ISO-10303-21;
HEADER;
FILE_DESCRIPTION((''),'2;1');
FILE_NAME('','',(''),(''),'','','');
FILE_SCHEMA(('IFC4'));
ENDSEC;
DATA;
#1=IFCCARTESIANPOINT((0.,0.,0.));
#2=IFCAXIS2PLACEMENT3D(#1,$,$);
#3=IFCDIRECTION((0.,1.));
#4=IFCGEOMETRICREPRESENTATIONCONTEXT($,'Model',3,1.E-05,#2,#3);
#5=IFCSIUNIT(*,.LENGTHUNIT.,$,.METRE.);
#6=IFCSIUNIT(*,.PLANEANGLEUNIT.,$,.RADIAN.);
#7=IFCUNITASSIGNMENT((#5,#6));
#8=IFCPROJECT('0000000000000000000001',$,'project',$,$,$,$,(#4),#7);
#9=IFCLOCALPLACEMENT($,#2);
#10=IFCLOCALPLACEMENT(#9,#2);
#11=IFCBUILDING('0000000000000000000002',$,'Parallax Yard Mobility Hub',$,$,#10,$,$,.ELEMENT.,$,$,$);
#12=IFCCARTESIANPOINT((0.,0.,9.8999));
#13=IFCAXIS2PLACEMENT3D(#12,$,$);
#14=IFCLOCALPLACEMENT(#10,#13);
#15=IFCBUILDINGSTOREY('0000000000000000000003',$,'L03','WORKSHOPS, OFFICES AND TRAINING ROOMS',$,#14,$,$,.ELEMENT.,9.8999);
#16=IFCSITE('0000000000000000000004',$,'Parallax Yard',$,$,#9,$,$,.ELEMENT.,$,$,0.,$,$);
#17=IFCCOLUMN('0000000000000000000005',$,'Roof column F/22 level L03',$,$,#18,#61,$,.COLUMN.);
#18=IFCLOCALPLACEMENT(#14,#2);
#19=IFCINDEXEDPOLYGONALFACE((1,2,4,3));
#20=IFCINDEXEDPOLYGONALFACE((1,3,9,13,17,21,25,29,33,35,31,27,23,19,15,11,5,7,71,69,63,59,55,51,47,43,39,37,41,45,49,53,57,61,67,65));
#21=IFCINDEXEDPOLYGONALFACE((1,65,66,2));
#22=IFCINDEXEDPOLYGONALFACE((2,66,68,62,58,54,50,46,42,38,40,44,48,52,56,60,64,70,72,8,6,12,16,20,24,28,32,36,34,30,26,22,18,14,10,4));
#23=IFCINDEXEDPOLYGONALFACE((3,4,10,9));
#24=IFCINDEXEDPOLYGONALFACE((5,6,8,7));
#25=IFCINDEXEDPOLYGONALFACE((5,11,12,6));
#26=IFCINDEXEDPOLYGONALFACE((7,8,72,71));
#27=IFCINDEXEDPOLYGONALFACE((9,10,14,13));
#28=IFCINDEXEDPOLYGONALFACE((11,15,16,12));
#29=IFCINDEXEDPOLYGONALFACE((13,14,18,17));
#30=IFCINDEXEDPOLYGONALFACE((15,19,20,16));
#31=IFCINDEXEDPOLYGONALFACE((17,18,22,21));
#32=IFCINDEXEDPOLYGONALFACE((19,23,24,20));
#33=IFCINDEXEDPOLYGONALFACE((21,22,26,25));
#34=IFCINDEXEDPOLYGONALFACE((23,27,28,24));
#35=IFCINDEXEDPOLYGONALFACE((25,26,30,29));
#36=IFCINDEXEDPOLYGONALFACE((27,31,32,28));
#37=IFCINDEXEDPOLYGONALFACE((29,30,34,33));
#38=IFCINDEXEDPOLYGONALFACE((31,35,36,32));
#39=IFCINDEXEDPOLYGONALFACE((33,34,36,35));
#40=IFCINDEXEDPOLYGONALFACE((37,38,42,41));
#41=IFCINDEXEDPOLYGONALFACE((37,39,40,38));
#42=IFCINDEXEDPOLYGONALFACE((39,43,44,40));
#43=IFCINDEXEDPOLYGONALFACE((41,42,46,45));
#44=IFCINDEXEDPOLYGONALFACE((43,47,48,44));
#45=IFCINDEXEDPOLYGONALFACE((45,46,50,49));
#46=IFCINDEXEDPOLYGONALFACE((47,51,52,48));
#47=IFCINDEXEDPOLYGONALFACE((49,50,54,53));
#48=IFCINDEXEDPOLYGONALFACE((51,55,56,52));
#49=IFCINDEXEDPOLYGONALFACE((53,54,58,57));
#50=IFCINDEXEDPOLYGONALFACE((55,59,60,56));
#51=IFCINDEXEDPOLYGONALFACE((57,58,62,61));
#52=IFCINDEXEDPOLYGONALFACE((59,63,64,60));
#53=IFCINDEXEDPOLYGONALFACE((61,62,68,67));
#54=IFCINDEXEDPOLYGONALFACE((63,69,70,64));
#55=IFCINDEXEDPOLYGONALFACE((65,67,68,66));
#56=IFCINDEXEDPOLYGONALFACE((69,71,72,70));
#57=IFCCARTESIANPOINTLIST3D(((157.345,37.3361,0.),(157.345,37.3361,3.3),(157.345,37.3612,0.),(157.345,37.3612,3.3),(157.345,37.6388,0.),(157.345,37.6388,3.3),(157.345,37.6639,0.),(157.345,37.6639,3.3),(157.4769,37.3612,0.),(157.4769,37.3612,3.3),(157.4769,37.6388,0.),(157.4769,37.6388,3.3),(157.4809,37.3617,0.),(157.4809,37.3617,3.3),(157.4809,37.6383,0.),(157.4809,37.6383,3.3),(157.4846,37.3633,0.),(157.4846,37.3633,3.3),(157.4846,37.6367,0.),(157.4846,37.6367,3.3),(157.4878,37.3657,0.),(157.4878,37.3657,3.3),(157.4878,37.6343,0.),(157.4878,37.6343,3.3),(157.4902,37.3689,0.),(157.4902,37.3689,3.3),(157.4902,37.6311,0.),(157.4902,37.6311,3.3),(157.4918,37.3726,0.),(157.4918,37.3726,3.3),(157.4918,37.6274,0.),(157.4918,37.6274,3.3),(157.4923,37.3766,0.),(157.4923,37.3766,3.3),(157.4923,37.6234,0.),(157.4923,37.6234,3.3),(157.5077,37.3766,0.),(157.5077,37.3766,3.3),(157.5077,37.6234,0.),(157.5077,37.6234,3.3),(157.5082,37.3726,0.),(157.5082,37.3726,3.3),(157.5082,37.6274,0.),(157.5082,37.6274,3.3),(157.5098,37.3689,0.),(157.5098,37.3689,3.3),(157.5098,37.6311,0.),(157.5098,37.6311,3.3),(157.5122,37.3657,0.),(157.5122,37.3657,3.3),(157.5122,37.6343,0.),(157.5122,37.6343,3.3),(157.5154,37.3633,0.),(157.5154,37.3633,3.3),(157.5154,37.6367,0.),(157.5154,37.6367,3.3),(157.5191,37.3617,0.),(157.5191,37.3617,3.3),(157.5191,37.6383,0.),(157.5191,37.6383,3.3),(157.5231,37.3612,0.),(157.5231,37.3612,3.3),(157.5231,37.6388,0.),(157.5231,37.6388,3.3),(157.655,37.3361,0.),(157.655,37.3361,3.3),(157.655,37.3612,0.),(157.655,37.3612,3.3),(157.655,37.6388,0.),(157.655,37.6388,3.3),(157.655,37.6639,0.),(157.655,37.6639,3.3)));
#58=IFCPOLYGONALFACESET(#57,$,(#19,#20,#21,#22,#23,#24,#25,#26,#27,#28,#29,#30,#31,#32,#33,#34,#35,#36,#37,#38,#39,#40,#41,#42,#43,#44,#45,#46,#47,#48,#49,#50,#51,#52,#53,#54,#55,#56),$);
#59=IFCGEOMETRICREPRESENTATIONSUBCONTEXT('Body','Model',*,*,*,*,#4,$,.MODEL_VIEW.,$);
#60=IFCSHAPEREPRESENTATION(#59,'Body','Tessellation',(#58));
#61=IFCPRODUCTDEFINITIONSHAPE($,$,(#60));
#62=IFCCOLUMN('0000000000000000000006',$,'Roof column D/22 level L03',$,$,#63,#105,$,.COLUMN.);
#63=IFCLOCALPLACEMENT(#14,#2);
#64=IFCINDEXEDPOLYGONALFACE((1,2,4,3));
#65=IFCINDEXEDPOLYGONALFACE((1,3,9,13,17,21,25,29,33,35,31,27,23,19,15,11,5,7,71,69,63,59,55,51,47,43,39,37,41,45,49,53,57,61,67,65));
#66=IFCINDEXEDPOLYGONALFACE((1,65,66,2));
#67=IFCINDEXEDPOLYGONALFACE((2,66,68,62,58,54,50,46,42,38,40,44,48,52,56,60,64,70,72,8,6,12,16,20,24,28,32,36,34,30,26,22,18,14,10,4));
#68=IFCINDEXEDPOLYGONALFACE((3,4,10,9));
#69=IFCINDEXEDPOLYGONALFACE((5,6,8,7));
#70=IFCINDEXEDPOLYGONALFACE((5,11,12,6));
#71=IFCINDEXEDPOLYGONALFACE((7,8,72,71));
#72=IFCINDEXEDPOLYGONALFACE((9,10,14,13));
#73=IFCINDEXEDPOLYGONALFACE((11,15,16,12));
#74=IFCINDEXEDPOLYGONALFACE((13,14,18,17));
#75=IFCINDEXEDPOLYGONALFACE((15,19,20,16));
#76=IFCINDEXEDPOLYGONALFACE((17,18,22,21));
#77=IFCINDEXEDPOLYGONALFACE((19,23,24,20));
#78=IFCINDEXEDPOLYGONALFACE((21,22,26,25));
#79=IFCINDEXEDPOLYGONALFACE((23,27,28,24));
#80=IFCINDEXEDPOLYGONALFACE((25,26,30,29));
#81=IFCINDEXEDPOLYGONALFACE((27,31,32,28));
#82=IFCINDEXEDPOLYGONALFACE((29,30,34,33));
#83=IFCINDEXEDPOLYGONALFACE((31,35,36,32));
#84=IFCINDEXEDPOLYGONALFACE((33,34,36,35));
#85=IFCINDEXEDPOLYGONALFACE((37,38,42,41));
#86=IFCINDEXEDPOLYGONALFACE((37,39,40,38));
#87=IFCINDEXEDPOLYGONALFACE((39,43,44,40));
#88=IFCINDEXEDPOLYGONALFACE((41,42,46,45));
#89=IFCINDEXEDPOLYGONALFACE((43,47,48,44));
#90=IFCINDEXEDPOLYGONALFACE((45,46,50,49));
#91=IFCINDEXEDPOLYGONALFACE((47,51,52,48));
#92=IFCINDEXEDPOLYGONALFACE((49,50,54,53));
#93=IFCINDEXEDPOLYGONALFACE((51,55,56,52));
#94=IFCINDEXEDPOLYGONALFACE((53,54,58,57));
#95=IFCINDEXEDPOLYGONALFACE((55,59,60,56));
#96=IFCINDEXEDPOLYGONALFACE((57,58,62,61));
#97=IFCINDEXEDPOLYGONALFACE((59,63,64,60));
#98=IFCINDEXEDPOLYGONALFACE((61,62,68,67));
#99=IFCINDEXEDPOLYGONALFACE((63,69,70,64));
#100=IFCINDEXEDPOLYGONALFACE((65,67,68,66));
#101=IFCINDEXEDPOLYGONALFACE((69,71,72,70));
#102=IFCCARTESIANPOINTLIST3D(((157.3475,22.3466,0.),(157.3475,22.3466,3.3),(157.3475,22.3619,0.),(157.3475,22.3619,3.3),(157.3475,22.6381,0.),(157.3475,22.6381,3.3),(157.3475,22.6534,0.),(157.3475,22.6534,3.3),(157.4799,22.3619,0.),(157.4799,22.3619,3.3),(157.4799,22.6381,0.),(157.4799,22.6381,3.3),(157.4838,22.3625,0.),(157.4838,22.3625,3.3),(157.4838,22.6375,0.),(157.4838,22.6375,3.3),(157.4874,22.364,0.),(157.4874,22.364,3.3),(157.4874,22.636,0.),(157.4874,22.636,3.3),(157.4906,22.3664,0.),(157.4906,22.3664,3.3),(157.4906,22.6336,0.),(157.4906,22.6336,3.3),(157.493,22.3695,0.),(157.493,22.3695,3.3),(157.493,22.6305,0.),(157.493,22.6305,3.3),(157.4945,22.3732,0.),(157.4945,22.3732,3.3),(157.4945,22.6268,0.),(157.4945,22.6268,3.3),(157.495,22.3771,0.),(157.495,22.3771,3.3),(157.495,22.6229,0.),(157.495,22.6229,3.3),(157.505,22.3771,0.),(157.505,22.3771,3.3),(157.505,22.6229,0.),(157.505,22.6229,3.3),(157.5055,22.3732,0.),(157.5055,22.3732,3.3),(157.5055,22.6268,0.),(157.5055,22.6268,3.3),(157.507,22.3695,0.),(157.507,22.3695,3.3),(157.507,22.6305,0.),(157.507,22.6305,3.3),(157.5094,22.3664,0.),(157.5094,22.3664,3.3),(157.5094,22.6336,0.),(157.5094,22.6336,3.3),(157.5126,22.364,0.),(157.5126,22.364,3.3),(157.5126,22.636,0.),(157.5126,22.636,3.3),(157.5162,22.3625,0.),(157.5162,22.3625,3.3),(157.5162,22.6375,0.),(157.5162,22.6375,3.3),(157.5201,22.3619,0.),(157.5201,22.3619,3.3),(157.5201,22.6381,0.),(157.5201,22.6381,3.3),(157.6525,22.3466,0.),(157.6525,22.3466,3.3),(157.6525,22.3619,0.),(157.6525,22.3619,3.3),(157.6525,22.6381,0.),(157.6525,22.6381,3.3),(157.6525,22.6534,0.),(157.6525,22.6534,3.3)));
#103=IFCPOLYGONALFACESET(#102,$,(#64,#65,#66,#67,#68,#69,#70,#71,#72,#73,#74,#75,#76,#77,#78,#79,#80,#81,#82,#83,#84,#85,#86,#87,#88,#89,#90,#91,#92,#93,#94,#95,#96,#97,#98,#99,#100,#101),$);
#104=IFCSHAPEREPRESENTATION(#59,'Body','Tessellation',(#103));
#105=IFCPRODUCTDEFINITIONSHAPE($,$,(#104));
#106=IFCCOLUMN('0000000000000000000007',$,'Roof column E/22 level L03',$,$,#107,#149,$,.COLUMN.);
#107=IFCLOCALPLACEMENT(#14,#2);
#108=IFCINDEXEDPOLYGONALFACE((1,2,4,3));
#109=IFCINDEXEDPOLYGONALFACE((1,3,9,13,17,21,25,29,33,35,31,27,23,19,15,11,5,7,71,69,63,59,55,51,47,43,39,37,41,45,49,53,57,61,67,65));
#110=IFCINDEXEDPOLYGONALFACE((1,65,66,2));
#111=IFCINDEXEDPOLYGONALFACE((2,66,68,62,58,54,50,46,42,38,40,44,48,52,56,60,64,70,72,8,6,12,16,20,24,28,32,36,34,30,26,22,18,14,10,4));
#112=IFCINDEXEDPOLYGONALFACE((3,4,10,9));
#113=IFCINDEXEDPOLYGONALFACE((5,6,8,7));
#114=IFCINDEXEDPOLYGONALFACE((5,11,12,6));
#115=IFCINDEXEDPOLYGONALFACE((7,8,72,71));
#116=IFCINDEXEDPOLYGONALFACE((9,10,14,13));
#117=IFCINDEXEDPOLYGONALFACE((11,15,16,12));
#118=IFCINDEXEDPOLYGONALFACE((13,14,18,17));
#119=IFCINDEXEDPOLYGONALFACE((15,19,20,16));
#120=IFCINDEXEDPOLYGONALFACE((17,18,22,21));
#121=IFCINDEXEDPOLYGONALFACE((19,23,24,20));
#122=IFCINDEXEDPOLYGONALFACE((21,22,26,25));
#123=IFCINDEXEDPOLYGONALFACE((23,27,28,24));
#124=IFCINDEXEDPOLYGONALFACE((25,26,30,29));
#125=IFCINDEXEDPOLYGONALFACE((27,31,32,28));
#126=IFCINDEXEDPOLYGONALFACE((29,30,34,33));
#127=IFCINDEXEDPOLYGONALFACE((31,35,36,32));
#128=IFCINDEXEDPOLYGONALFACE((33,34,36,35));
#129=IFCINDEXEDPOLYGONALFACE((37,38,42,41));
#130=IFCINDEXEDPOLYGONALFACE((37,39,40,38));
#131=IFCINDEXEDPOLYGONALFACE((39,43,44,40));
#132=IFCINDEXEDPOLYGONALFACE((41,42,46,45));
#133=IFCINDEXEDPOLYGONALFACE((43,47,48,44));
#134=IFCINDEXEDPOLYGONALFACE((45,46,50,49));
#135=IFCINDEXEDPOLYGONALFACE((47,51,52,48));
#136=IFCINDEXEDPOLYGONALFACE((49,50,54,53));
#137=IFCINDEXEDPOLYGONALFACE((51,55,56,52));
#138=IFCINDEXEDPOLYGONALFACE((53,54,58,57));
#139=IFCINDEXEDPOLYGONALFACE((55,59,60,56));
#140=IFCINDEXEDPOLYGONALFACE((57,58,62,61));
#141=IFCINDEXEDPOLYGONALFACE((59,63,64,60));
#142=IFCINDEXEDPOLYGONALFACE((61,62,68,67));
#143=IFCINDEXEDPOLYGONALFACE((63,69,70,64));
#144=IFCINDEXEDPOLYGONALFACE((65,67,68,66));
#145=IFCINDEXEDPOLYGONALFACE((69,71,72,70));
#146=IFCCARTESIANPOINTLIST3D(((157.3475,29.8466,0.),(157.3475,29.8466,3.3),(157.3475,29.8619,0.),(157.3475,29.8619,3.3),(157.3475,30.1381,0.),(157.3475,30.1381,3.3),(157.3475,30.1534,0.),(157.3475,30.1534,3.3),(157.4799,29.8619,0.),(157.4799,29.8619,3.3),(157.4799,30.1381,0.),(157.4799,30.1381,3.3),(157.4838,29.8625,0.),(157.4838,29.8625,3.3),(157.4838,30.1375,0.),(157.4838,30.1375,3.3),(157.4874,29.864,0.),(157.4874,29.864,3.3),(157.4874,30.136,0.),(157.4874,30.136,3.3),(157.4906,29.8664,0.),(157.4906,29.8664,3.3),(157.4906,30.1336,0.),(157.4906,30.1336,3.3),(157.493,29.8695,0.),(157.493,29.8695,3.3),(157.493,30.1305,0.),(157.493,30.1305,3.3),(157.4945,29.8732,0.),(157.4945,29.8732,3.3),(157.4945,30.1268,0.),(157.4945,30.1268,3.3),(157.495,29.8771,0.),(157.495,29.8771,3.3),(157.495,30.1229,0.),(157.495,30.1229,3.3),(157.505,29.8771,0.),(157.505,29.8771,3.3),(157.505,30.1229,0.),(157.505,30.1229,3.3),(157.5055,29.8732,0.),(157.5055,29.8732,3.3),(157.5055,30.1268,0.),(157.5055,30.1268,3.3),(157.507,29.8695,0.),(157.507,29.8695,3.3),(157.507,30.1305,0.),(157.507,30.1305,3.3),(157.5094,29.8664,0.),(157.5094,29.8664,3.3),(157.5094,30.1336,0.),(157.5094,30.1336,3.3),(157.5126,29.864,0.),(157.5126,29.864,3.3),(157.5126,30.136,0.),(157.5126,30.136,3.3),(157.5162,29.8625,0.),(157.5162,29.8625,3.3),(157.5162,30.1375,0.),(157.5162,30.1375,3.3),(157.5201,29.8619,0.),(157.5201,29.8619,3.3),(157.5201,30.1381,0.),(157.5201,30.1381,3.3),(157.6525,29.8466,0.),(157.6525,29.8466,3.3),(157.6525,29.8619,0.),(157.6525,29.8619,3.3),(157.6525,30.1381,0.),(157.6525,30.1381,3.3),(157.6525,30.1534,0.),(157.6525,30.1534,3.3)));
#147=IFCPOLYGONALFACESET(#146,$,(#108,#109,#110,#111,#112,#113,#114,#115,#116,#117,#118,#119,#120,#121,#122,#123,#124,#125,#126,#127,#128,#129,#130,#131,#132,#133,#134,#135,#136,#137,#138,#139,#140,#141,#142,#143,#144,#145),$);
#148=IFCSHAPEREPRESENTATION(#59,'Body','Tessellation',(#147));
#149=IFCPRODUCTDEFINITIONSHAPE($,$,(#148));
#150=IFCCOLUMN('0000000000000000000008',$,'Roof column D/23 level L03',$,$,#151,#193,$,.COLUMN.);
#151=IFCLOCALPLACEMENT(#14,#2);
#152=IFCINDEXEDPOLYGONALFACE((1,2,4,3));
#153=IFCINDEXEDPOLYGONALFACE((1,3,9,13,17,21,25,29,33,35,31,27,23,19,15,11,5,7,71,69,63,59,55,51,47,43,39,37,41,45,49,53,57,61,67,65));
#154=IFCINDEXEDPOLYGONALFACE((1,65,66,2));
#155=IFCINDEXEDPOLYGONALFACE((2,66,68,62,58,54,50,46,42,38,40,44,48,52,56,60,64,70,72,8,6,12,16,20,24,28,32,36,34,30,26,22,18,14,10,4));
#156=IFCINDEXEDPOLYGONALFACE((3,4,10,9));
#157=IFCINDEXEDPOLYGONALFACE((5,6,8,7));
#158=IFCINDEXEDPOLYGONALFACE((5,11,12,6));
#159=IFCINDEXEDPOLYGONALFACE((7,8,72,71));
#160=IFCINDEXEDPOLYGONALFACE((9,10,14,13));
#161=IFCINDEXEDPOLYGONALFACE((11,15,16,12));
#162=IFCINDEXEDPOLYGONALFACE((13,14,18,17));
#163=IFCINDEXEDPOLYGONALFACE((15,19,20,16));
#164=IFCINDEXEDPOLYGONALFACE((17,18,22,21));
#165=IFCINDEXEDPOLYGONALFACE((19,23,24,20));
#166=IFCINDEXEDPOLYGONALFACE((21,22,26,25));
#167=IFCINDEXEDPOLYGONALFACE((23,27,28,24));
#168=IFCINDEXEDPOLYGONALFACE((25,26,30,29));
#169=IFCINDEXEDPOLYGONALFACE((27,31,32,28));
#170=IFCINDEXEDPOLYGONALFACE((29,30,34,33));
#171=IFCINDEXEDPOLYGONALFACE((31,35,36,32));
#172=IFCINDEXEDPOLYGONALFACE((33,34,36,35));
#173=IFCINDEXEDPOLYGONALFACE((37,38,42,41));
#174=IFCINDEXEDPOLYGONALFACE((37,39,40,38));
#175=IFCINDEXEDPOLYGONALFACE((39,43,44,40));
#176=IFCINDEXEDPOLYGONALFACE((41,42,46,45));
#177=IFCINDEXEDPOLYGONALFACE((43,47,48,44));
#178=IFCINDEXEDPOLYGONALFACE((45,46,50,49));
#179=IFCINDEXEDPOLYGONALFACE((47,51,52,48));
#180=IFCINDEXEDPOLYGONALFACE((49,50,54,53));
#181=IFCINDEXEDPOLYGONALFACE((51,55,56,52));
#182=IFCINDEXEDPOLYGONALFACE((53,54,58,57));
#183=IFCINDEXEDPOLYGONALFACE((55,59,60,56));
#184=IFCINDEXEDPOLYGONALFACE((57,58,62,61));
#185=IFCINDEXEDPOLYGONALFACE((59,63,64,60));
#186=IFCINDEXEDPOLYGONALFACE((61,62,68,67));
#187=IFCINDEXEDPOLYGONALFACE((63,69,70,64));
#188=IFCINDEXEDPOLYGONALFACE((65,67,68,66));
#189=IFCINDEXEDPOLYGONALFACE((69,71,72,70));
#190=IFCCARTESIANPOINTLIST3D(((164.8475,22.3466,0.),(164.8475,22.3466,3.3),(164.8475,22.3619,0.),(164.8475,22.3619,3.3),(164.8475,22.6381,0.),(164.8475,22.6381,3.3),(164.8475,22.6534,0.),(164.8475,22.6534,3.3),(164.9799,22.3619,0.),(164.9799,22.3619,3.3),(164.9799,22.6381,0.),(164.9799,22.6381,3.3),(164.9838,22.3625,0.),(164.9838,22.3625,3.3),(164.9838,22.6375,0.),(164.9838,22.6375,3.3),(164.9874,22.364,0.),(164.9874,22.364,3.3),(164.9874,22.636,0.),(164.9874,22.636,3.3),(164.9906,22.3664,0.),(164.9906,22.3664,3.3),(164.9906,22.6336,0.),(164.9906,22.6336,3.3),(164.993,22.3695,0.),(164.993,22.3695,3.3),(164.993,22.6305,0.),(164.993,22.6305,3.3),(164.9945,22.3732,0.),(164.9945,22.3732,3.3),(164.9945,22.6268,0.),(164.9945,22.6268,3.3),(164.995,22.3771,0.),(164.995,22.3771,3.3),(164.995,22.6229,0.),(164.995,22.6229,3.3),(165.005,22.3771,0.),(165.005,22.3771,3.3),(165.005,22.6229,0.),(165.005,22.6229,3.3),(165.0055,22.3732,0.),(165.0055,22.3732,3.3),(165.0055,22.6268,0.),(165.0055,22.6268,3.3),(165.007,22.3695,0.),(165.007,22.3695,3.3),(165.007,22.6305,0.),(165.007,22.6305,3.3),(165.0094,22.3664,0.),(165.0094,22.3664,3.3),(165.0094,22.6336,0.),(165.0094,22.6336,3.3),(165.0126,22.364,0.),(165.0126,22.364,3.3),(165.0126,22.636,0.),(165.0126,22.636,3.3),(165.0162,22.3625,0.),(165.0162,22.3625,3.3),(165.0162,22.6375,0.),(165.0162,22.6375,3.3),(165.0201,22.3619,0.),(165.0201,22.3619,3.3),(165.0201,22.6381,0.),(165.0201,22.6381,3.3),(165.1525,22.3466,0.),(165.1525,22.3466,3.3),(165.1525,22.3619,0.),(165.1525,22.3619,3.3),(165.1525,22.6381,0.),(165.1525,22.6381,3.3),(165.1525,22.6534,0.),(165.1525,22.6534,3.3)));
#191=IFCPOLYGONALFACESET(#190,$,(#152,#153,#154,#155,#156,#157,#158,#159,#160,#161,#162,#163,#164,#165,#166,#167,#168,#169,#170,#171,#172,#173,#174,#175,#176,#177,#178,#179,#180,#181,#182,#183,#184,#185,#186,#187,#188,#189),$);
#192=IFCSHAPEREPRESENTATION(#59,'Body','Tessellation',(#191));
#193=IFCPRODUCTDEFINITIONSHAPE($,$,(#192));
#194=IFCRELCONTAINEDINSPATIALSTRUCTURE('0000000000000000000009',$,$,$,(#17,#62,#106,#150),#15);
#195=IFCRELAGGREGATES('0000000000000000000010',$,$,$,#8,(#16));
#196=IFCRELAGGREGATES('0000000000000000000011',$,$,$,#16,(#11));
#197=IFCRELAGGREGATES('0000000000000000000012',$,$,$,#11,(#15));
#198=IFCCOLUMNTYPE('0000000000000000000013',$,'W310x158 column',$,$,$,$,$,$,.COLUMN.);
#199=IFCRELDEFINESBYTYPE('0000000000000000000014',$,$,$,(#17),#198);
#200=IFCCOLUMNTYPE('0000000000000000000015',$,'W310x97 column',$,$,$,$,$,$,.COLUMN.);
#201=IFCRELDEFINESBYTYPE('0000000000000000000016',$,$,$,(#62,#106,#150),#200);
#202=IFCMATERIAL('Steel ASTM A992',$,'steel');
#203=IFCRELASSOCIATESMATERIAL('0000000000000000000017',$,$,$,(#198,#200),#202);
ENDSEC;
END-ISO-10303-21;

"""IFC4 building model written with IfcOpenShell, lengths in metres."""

from ifc_helpers import new_model, si_unit, direction, frame, origin, origin_2d, place, context, subcontext, project, spatial, i_section, extrude, material, material_profile, profile_set, type_object, element, save


model = new_model("IFC4")

# Units and contexts
model_context = context("Model", 3, precision=1e-05, world=origin(), true_north=direction((0.0, 1.0)))
body_context = subcontext(model_context, "Body", "Model", "MODEL_VIEW")
ifc_project = project(units=[si_unit("LENGTHUNIT", "METRE"), si_unit("PLANEANGLEUNIT", "RADIAN")], contexts=[model_context])

# Site, building, storey
site_placement = place(None, origin())
site = spatial("IfcSite", under=ifc_project, at=site_placement, Name="Parallax Yard", CompositionType="ELEMENT", RefElevation=0.0)
building_placement = place(site_placement, origin())
building = spatial("IfcBuilding", under=site, at=building_placement, Name="Parallax Yard Mobility Hub", CompositionType="ELEMENT")
storey_placement = place(building_placement, frame((0.0, 0.0, 9.8999)))
storey = spatial("IfcBuildingStorey", under=building, at=storey_placement, Name="L03", Description="WORKSHOPS, OFFICES AND TRAINING ROOMS", CompositionType="ELEMENT", Elevation=9.8999)

# Columns
ifc_material_1 = material(Name="Steel ASTM A992", Category="steel")
ifc_material_profile_1 = material_profile(ifc_material_1, i_section(OverallWidth=0.3101, OverallDepth=0.3279, WebThickness=0.0154, FlangeThickness=0.0251, FilletRadius=0.0154, at=origin_2d()), Name="W310x158")
ifc_profile_set_1 = profile_set([ifc_material_profile_1], Name="Steel ASTM A992")
column_type_1 = type_object("IfcColumnType", Name="W310x158 column", PredefinedType="COLUMN", material=ifc_profile_set_1)
column_placement = place(storey_placement, frame((157.5, 37.5, 0.0), z_axis=(0.0, 0.0, 1.0), x_axis=(1.0, 0.0, 0.0)))
element("IfcColumn", 1, at=column_placement, inside=storey, type_object=column_type_1, Name="Roof column F/22 level L03", PredefinedType="COLUMN", context=body_context, shape_type="SweptSolid", body=[
    extrude(i_section(OverallWidth=0.3101, OverallDepth=0.3279, WebThickness=0.0154, FlangeThickness=0.0251, FilletRadius=0.0154, at=origin_2d()), origin(), (0.0, 0.0, 1.0), 3.3),
])
ifc_material_profile_2 = material_profile(ifc_material_1, i_section(OverallWidth=0.3049, OverallDepth=0.3069, WebThickness=0.01, FlangeThickness=0.0154, FilletRadius=0.0151, at=origin_2d()), Name="W310x97")
ifc_profile_set_2 = profile_set([ifc_material_profile_2], Name="Steel ASTM A992")
column_type_2 = type_object("IfcColumnType", Name="W310x97 column", PredefinedType="COLUMN", material=ifc_profile_set_2)
for number, where, z_axis, x_axis, name in (
    (2, (157.5, 22.5, 0.0), (0.0, 0.0, 1.0), (1.0, 0.0, 0.0), "Roof column D/22 level L03"),
    (3, (157.5, 30.0, 0.0), (0.0, 0.0, 1.0), (1.0, 0.0, 0.0), "Roof column E/22 level L03"),
    (4, (165.0, 22.5, 0.0), (0.0, 0.0, 1.0), (1.0, 0.0, 0.0), "Roof column D/23 level L03"),
):
    element("IfcColumn", number, at=place(storey_placement, frame(where, z_axis=z_axis, x_axis=x_axis)), inside=storey, type_object=column_type_2, Name=name, PredefinedType="COLUMN", context=body_context, shape_type="SweptSolid", body=[
        extrude(i_section(OverallWidth=0.3049, OverallDepth=0.3069, WebThickness=0.01, FlangeThickness=0.0154, FilletRadius=0.0151, at=origin_2d()), origin(), (0.0, 0.0, 1.0), 3.3),
    ])

save(model, "model.ifc")
